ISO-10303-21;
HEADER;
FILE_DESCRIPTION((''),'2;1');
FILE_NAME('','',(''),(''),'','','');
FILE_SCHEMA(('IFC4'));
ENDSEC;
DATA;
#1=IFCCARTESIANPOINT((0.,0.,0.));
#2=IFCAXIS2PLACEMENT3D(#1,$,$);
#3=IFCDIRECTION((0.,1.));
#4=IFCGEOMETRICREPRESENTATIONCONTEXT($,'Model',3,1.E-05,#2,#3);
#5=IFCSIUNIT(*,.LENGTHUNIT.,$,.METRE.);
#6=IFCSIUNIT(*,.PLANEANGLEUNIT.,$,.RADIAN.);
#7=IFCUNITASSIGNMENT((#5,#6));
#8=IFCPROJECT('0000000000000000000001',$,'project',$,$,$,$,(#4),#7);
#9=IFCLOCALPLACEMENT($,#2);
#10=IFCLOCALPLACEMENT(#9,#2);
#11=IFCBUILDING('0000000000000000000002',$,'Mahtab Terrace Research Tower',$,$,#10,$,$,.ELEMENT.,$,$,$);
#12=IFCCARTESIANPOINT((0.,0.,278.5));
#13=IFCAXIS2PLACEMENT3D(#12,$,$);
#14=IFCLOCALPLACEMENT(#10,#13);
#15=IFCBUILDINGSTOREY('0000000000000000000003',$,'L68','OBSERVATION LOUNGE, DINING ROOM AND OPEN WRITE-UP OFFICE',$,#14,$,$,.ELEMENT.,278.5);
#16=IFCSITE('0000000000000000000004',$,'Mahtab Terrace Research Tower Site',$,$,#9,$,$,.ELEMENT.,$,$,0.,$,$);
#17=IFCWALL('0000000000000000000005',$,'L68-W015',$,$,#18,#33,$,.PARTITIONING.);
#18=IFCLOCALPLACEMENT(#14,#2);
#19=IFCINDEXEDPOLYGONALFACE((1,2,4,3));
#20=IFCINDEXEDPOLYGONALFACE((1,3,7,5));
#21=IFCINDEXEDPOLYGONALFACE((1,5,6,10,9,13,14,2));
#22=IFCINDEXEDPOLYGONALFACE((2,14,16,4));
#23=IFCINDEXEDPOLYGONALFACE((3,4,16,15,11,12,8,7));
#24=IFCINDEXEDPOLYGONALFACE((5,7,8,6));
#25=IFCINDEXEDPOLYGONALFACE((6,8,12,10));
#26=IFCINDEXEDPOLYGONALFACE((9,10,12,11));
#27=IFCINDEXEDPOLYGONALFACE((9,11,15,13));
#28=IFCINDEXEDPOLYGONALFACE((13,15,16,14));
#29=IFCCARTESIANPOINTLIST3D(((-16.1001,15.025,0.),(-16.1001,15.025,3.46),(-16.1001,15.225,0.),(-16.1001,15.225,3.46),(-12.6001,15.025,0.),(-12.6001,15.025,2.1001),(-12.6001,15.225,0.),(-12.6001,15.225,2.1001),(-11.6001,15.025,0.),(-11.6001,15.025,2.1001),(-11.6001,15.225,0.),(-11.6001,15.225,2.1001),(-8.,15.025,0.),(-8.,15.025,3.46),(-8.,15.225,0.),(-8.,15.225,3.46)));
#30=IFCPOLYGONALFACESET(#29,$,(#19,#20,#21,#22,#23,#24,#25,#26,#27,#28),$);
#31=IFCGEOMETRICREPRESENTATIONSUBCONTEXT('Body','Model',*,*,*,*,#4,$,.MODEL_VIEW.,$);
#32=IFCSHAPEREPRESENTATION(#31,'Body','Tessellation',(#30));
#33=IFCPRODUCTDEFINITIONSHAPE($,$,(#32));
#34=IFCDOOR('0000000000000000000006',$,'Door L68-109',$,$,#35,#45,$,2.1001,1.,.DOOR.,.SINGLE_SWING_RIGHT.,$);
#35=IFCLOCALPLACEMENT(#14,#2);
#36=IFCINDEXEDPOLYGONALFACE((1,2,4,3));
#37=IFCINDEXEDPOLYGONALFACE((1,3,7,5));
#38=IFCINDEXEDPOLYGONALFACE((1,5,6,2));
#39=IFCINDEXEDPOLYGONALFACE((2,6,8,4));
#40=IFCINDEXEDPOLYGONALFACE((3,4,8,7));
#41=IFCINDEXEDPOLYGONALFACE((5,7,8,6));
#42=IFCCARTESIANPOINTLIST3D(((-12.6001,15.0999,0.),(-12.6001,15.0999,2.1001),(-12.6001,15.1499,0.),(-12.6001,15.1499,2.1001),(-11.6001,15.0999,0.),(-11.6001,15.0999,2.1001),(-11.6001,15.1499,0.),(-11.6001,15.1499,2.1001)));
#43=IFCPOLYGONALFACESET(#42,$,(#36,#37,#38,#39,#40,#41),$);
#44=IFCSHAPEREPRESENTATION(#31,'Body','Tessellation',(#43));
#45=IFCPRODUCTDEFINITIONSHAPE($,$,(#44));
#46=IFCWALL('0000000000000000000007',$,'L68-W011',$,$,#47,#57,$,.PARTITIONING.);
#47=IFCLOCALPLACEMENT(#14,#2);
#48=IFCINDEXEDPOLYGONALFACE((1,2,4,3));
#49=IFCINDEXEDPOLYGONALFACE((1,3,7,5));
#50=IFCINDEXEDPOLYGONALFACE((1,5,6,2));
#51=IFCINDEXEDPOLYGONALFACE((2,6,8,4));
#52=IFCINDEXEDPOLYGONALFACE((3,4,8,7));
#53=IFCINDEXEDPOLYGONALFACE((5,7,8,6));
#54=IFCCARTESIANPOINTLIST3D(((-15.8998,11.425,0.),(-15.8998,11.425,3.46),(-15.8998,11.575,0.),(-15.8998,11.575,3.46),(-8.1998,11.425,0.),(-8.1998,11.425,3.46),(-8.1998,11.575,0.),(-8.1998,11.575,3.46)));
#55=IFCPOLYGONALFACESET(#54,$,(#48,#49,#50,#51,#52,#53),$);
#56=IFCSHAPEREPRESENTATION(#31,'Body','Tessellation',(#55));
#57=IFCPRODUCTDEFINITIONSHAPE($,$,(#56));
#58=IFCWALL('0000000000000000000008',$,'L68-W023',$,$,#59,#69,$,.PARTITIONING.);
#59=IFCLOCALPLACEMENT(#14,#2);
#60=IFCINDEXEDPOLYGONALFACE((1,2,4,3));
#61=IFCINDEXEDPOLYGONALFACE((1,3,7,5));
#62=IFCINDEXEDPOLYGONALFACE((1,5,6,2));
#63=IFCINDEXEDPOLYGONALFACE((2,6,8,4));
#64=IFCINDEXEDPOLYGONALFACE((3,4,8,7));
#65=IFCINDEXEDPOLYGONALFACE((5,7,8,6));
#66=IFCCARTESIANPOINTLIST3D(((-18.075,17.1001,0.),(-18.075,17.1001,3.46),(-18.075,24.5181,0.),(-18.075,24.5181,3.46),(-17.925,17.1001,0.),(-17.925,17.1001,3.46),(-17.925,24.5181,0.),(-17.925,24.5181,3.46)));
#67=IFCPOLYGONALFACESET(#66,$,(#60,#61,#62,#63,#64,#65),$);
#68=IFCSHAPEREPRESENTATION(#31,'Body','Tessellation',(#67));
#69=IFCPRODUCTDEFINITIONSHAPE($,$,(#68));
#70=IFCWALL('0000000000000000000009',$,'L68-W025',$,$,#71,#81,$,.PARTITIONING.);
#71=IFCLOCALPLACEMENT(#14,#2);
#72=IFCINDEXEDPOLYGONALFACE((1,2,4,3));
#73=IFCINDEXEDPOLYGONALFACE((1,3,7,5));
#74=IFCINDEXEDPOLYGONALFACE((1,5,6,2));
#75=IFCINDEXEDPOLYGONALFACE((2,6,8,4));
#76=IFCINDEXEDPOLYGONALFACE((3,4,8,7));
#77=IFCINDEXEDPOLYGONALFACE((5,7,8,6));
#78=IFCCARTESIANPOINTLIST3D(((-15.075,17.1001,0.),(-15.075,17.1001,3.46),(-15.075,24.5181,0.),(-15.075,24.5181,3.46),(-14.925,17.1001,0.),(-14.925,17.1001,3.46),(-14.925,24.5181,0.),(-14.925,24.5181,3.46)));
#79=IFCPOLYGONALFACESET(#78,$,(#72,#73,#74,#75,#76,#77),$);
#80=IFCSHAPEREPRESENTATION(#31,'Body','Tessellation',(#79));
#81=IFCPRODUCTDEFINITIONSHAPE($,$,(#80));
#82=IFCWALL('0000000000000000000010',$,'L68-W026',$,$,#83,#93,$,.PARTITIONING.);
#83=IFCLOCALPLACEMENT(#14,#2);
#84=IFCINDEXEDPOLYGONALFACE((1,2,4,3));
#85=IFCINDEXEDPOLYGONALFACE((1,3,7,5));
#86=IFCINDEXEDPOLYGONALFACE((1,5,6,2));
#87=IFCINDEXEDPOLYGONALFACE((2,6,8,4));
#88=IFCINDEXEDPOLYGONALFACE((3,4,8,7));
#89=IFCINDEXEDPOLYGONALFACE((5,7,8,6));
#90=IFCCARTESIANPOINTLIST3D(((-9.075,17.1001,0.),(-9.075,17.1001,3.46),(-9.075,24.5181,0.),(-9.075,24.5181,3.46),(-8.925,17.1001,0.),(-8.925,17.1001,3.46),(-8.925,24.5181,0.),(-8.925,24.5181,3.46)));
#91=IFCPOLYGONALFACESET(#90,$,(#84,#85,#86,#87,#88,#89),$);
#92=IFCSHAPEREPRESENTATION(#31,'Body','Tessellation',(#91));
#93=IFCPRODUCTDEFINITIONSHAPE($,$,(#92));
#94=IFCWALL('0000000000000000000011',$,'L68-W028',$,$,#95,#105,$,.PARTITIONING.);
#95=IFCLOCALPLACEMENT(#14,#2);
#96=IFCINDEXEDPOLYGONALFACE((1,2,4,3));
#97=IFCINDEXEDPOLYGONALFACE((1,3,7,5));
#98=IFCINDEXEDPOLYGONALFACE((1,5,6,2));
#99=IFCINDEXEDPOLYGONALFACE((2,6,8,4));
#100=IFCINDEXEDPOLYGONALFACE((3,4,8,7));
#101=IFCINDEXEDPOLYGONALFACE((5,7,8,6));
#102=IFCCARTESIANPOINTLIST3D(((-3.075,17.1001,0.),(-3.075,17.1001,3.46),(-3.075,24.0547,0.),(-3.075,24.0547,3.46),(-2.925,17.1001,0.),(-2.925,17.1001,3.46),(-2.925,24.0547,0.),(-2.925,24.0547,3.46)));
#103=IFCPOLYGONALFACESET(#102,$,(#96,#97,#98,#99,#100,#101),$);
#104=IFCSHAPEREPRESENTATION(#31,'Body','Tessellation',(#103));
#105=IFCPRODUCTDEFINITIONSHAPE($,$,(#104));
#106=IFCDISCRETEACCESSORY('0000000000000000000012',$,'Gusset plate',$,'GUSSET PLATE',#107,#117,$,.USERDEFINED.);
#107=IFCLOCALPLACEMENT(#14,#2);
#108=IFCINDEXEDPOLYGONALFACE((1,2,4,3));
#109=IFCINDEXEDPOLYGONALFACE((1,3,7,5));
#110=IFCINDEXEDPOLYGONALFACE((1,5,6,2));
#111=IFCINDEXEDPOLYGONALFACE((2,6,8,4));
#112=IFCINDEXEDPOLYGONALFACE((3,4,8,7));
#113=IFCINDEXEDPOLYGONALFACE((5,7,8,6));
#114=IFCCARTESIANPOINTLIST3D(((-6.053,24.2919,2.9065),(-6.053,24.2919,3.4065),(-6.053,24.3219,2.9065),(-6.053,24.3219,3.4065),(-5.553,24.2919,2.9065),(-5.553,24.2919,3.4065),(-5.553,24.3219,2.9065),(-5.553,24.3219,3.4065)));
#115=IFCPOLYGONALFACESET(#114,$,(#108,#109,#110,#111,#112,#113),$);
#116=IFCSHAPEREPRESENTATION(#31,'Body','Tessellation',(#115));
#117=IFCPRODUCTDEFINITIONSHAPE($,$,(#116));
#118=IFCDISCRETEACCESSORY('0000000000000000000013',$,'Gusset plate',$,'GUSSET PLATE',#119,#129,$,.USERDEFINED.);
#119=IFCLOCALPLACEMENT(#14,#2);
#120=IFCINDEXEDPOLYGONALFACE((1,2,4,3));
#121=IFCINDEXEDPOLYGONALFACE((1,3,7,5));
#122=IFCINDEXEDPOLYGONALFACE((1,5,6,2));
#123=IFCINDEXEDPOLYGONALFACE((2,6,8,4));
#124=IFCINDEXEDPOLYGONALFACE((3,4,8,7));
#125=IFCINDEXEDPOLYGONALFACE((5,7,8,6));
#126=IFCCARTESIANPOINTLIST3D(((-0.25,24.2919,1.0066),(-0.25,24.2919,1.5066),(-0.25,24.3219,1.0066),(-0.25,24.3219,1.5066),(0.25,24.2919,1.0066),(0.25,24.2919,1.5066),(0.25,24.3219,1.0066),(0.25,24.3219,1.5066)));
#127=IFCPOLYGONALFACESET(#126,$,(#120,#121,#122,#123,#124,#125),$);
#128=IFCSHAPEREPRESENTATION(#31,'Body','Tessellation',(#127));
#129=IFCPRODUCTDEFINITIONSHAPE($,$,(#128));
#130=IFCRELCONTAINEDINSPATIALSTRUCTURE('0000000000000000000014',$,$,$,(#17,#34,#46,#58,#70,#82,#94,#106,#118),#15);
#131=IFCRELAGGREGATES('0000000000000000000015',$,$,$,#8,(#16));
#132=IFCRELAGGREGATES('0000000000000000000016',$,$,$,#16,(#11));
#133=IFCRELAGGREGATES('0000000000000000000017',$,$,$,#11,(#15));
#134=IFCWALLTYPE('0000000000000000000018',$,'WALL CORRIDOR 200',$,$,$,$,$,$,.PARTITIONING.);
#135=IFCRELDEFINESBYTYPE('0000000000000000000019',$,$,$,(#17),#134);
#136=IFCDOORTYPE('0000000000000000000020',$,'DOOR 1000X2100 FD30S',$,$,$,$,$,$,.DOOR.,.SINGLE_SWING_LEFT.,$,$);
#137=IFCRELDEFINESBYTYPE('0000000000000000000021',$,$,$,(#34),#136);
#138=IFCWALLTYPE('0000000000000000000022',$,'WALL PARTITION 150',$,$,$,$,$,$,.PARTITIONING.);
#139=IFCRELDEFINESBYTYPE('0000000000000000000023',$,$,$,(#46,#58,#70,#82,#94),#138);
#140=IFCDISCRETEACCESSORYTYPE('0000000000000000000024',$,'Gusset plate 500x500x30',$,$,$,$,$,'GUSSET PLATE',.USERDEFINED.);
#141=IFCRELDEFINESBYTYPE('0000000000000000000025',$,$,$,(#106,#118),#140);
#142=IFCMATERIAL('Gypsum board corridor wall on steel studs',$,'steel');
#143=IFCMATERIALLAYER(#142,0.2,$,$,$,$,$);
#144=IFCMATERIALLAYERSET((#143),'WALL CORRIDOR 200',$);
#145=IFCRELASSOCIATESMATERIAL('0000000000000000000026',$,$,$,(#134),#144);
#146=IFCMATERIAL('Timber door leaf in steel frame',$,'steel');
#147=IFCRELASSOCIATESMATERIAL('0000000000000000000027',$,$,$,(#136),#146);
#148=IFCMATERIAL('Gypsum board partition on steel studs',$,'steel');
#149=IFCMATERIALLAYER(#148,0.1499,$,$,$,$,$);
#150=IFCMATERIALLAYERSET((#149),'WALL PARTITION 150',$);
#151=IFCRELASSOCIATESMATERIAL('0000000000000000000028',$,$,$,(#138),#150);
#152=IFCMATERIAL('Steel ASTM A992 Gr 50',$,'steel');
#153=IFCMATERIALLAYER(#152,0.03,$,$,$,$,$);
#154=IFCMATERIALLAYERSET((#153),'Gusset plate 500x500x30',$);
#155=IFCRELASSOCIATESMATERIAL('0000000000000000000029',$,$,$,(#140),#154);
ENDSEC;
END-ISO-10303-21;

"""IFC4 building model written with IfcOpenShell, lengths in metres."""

from ifc_helpers import new_model, si_unit, direction, frame, frame_2d, origin, origin_2d, place, context, subcontext, project, spatial, rectangle, extrude, material, layer, layer_set, type_object, element, fill, save


model = new_model("IFC4")

# Units and contexts
model_context = context("Model", 3, precision=1e-05, world=origin(), true_north=direction((0.0, 1.0)))
body_context = subcontext(model_context, "Body", "Model", "MODEL_VIEW")
ifc_project = project(units=[si_unit("LENGTHUNIT", "METRE"), si_unit("PLANEANGLEUNIT", "RADIAN")], contexts=[model_context])

# Site, building, storey
site_placement = place(None, origin())
site = spatial("IfcSite", under=ifc_project, at=site_placement, Name="Mahtab Terrace Research Tower Site", CompositionType="ELEMENT", RefElevation=0.0)
building_placement = place(site_placement, origin())
building = spatial("IfcBuilding", under=site, at=building_placement, Name="Mahtab Terrace Research Tower", CompositionType="ELEMENT")
storey_placement = place(building_placement, frame((0.0, 0.0, 278.5)))
storey = spatial("IfcBuildingStorey", under=building, at=storey_placement, Name="L68", Description="OBSERVATION LOUNGE, DINING ROOM AND OPEN WRITE-UP OFFICE", CompositionType="ELEMENT", Elevation=278.5)

# Shared definitions
ifc_material_1 = material(Name="Steel ASTM A992 Gr 50", Category="steel")

# Wall, opening, door
ifc_material_2 = material(Name="Gypsum board corridor wall on steel studs", Category="steel")
ifc_layer_1 = layer(ifc_material_2, 0.2)
ifc_layer_set_1 = layer_set([ifc_layer_1], Name="WALL CORRIDOR 200")
wall_type_1 = type_object("IfcWallType", Name="WALL CORRIDOR 200", PredefinedType="PARTITIONING", material=ifc_layer_set_1)
wall_1_placement = place(storey_placement, frame((-16.1001, 15.125, 0.0), z_axis=(0.0, 0.0, 1.0), x_axis=(1.0, 0.0, 0.0)))
wall_1 = element("IfcWall", 1, at=wall_1_placement, inside=storey, type_object=wall_type_1, Name="L68-W015", PredefinedType="PARTITIONING", context=body_context, shape_type="SweptSolid", body=[
    extrude(rectangle(XDim=8.1001, YDim=0.2, at=frame_2d((4.05, 0.0))), origin(), (0.0, 0.0, 1.0), 3.46),
])
opening_1_placement = place(wall_1_placement, frame((3.5, 0.0, 0.0)))
opening_1 = element("IfcOpeningElement", 2, at=opening_1_placement, cuts=wall_1, PredefinedType="OPENING", context=body_context, shape_type="SweptSolid", body=[
    extrude(rectangle(XDim=1.0, YDim=2.1001, at=frame_2d((0.5, 1.05))), frame((0.0, 0.1099, 0.0), z_axis=(0.0, -1.0, 0.0), x_axis=(1.0, 0.0, 0.0)), (0.0, 0.0, 1.0), 0.22),
])
ifc_material_3 = material(Name="Timber door leaf in steel frame", Category="steel")
door_type_1 = type_object("IfcDoorType", Name="DOOR 1000X2100 FD30S", OperationType="SINGLE_SWING_LEFT", PredefinedType="DOOR", material=ifc_material_3)
door_1_placement = place(opening_1_placement, origin())
door_1 = element("IfcDoor", 3, at=door_1_placement, inside=storey, type_object=door_type_1, Name="Door L68-109", OperationType="SINGLE_SWING_RIGHT", OverallHeight=2.1001, OverallWidth=1.0, PredefinedType="DOOR", context=body_context, shape_type="SweptSolid", body=[
    extrude(rectangle(XDim=1.0, YDim=2.1001, at=frame_2d((0.5, 1.05))), frame((0.0, 0.0249, 0.0), z_axis=(0.0, -1.0, 0.0), x_axis=(1.0, 0.0, 0.0)), (0.0, 0.0, 1.0), 0.05),
])
fill(opening_1, door_1)

# Walls
ifc_material_4 = material(Name="Gypsum board partition on steel studs", Category="steel")
ifc_layer_2 = layer(ifc_material_4, 0.1499)
ifc_layer_set_2 = layer_set([ifc_layer_2], Name="WALL PARTITION 150")
wall_type_2 = type_object("IfcWallType", Name="WALL PARTITION 150", PredefinedType="PARTITIONING", material=ifc_layer_set_2)
wall_2_placement = place(storey_placement, frame((-15.8999, 11.5, 0.0), z_axis=(0.0, 0.0, 1.0), x_axis=(1.0, 0.0, 0.0)))
element("IfcWall", 4, at=wall_2_placement, inside=storey, type_object=wall_type_2, Name="L68-W011", PredefinedType="PARTITIONING", context=body_context, shape_type="SweptSolid", body=[
    extrude(rectangle(XDim=7.7, YDim=0.1499, at=frame_2d((3.8501, 0.0))), origin(), (0.0, 0.0, 1.0), 3.46),
])
for number, where, z_axis, x_axis, name in (
    (5, (-18.0, 17.1001, 0.0), (0.0, 0.0, 1.0), (0.0, 1.0, 0.0), "L68-W023"),
    (6, (-15.0, 17.1001, 0.0), (0.0, 0.0, 1.0), (0.0, 1.0, 0.0), "L68-W025"),
    (7, (-9.0, 17.1001, 0.0), (0.0, 0.0, 1.0), (0.0, 1.0, 0.0), "L68-W026"),
):
    element("IfcWall", number, at=place(storey_placement, frame(where, z_axis=z_axis, x_axis=x_axis)), inside=storey, type_object=wall_type_2, Name=name, PredefinedType="PARTITIONING", context=body_context, shape_type="SweptSolid", body=[
        extrude(rectangle(XDim=7.418, YDim=0.1499, at=frame_2d((3.709, 0.0))), origin(), (0.0, 0.0, 1.0), 3.46),
    ])
wall_3_placement = place(storey_placement, frame((-3.0, 17.1001, 0.0), z_axis=(0.0, 0.0, 1.0), x_axis=(0.0, 1.0, 0.0)))
element("IfcWall", 8, at=wall_3_placement, inside=storey, type_object=wall_type_2, Name="L68-W028", PredefinedType="PARTITIONING", context=body_context, shape_type="SweptSolid", body=[
    extrude(rectangle(XDim=6.9546, YDim=0.1499, at=frame_2d((3.4773, 0.0))), origin(), (0.0, 0.0, 1.0), 3.46),
])

# Discrete accessories
ifc_layer_3 = layer(ifc_material_1, 0.03)
ifc_layer_set_3 = layer_set([ifc_layer_3], Name="Gusset plate 500x500x30")
discrete_accessory_type = type_object("IfcDiscreteAccessoryType", Name="Gusset plate 500x500x30", ElementType="GUSSET PLATE", PredefinedType="USERDEFINED", material=ifc_layer_set_3)
for number, where, z_axis, x_axis, name in (
    (9, (-5.803, 24.3069, 2.9065), (0.0, 0.0, 1.0), (1.0, 0.0, 0.0), "Gusset plate"),
    (10, (0.0, 24.3069, 1.0066), (0.0, 0.0, 1.0), (1.0, 0.0, 0.0), "Gusset plate"),
):
    element("IfcDiscreteAccessory", number, at=place(storey_placement, frame(where, z_axis=z_axis, x_axis=x_axis)), inside=storey, type_object=discrete_accessory_type, Name=name, ObjectType="GUSSET PLATE", PredefinedType="USERDEFINED", context=body_context, shape_type="SweptSolid", body=[
        extrude(rectangle(XDim=0.5, YDim=0.03, at=origin_2d()), origin(), (0.0, 0.0, 1.0), 0.5),
    ])

save(model, "model.ifc")
